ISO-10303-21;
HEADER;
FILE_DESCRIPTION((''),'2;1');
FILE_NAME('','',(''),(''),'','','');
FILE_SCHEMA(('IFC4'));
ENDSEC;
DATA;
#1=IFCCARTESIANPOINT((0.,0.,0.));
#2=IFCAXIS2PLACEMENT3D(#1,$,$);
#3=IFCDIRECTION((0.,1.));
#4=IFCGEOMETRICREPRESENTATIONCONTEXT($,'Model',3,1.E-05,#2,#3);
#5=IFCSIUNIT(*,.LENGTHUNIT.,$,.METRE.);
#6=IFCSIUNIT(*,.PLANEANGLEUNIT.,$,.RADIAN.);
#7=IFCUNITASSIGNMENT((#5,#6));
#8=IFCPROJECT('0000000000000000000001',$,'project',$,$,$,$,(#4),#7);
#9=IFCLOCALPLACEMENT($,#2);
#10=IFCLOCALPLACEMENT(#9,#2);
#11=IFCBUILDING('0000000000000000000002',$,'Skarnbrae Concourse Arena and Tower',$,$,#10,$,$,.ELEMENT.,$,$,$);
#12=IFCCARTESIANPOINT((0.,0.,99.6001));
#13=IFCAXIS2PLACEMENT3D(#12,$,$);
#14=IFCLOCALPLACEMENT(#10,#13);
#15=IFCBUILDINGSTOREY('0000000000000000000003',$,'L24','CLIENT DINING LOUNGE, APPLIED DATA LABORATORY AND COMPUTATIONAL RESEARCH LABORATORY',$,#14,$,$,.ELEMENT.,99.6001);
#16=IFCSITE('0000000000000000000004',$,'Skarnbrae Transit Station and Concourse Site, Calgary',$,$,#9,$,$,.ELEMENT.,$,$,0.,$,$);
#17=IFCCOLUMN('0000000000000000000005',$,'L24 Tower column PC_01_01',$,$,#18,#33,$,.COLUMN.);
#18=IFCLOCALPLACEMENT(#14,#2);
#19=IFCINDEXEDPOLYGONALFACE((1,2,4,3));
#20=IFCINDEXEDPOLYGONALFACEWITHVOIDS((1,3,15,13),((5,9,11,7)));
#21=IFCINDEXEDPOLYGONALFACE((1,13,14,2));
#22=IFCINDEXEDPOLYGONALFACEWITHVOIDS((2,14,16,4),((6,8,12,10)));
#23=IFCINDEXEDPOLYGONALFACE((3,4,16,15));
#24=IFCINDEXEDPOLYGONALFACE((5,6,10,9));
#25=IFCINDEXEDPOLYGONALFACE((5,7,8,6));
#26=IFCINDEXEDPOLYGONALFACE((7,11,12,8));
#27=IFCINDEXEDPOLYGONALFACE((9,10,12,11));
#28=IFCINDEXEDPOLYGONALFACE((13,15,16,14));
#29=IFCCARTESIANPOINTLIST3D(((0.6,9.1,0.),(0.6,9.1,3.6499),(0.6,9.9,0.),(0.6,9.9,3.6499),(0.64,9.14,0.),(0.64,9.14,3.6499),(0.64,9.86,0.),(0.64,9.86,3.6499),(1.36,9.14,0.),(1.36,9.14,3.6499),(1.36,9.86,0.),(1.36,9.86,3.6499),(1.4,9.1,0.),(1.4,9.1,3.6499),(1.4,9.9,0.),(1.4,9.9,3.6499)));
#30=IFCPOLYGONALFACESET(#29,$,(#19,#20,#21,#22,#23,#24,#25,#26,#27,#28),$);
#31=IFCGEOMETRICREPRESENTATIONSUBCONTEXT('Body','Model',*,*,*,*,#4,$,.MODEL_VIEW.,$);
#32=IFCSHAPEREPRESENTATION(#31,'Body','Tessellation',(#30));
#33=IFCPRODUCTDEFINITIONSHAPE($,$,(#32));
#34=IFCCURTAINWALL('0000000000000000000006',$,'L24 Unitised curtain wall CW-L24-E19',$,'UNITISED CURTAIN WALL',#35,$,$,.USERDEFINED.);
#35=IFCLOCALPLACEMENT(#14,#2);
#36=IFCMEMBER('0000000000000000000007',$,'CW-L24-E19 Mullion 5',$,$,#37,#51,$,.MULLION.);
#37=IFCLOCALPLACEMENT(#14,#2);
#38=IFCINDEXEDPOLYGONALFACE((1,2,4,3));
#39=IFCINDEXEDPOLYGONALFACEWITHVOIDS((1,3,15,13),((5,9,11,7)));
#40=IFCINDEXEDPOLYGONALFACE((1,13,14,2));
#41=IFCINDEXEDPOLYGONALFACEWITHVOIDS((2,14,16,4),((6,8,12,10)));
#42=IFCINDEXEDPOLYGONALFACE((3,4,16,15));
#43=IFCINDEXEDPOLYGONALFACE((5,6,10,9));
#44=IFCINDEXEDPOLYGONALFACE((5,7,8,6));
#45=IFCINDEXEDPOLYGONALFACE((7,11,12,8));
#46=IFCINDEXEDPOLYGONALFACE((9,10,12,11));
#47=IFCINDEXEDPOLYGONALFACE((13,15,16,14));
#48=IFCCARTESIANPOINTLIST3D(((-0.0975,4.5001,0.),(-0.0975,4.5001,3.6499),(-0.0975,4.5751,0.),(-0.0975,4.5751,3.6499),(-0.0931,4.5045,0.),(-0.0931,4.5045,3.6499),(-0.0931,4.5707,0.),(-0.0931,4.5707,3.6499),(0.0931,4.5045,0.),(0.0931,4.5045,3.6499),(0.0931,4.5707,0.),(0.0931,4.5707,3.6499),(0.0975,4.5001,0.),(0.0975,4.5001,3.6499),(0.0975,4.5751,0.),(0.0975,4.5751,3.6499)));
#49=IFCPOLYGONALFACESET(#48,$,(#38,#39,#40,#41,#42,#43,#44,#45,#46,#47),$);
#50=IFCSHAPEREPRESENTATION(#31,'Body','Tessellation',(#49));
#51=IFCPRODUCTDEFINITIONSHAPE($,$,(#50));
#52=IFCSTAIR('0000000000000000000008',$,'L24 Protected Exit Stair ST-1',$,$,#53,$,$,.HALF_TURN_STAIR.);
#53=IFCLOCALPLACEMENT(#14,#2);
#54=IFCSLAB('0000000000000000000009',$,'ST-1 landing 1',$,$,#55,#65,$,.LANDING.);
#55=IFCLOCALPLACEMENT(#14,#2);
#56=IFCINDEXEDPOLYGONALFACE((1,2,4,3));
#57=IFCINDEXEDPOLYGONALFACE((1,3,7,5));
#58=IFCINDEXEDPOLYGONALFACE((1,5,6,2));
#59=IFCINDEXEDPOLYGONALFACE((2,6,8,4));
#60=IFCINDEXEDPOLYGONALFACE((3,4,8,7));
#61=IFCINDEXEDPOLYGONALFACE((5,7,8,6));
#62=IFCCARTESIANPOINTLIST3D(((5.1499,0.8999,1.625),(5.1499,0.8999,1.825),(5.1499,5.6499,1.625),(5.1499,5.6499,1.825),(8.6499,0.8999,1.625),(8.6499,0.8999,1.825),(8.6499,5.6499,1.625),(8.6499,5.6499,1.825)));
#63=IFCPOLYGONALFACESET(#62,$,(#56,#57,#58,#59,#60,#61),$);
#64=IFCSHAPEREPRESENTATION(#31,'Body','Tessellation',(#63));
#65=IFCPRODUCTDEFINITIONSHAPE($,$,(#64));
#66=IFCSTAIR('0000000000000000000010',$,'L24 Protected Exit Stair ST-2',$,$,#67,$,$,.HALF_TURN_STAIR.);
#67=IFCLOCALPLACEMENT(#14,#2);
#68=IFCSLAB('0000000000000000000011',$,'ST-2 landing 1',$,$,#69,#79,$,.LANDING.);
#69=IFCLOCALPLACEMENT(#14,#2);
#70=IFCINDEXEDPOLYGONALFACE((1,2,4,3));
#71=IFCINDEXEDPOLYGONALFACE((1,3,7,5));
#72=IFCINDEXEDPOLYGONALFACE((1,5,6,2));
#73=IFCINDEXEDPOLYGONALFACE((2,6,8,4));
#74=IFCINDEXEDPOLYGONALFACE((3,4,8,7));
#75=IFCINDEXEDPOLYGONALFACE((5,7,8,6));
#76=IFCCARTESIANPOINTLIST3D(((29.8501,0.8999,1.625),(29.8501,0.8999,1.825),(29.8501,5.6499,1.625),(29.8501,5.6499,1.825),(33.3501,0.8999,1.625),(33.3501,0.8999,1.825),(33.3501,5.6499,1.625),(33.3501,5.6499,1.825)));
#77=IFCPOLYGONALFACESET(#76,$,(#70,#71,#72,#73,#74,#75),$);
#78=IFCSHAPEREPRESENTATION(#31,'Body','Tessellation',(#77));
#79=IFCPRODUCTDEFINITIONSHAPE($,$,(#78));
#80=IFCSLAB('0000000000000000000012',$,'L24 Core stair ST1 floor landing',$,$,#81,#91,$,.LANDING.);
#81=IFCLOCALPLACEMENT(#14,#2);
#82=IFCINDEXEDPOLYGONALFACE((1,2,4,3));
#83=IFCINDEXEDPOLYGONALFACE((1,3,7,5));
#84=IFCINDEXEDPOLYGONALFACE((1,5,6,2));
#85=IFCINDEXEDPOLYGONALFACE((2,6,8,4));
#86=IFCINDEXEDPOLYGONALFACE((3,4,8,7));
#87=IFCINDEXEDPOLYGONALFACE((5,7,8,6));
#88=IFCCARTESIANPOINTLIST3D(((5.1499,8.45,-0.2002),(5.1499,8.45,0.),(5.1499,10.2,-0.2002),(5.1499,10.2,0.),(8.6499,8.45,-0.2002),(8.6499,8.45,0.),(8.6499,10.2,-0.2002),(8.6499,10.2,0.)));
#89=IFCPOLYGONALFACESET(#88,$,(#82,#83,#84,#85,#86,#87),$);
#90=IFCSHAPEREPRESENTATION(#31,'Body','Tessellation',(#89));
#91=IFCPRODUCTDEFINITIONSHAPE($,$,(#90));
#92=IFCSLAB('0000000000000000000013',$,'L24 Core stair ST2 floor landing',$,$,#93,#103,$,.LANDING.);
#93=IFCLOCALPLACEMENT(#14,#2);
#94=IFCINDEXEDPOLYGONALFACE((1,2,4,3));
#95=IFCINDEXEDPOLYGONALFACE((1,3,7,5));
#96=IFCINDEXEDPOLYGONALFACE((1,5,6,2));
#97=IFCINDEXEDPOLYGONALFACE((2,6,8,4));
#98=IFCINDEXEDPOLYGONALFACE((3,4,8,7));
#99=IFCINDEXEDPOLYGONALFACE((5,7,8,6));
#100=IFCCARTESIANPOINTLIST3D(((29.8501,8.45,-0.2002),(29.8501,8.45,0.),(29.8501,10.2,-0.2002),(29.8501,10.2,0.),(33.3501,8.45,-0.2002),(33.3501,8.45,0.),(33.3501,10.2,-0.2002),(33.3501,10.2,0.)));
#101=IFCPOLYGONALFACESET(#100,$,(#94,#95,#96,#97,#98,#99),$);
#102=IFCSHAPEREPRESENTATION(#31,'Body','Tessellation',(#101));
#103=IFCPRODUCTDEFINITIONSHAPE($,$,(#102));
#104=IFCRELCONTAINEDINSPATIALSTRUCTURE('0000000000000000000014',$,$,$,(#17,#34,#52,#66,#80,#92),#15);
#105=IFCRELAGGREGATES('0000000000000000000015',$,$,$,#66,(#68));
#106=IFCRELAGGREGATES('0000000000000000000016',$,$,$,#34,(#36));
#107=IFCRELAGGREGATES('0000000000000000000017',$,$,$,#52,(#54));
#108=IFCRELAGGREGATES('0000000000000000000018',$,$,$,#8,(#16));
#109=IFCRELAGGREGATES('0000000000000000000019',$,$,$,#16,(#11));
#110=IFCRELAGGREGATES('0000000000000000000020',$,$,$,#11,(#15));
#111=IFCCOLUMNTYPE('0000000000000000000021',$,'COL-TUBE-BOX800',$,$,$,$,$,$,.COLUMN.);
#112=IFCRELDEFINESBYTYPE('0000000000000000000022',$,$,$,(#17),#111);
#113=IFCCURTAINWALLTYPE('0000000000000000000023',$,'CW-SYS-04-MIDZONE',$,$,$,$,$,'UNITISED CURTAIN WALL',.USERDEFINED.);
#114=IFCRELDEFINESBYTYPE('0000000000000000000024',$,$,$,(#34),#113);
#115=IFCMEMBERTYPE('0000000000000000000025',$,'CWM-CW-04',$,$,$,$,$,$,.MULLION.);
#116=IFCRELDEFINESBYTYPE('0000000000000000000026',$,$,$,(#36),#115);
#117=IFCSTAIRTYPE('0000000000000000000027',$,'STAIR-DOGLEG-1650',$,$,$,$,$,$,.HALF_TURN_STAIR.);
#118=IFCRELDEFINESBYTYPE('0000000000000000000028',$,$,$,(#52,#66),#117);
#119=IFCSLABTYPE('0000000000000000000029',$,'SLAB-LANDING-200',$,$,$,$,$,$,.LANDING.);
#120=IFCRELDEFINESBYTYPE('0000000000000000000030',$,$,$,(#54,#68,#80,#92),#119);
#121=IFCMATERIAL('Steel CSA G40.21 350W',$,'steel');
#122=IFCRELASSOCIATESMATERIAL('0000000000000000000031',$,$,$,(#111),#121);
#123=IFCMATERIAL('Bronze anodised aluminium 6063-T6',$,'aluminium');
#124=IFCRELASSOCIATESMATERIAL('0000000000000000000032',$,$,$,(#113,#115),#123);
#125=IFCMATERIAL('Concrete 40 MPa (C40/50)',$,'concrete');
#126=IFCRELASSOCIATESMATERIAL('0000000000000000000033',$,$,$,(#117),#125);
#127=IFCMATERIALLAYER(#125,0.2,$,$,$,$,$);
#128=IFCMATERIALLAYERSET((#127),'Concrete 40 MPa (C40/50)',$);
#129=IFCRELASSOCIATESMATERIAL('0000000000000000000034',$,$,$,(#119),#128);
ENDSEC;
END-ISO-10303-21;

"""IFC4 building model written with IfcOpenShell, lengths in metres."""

from ifc_helpers import new_model, si_unit, direction, frame, origin, origin_2d, place, context, subcontext, project, spatial, polyline, hollow_rectangle, outline, extrude, source, transform, mapped, material, layer, layer_set, material_profile, profile_set, type_object, element, aggregate, save


model = new_model("IFC4")

# Units and contexts
model_context = context("Model", 3, precision=1e-05, world=origin(), true_north=direction((0.0, 1.0)))
body_context = subcontext(model_context, "Body", "Model", "MODEL_VIEW")
ifc_project = project(units=[si_unit("LENGTHUNIT", "METRE"), si_unit("PLANEANGLEUNIT", "RADIAN")], contexts=[model_context])

# Site, building, storey
site_placement = place(None, origin())
site = spatial("IfcSite", under=ifc_project, at=site_placement, Name="Skarnbrae Transit Station and Concourse Site, Calgary", CompositionType="ELEMENT", RefElevation=0.0)
building_placement = place(site_placement, origin())
building = spatial("IfcBuilding", under=site, at=building_placement, Name="Skarnbrae Concourse Arena and Tower", CompositionType="ELEMENT")
storey_placement = place(building_placement, frame((0.0, 0.0, 99.6001)))
storey = spatial("IfcBuildingStorey", under=building, at=storey_placement, Name="L24", Description="CLIENT DINING LOUNGE, APPLIED DATA LABORATORY AND COMPUTATIONAL RESEARCH LABORATORY", CompositionType="ELEMENT", Elevation=99.6001)

# Column
ifc_material_1 = material(Name="Steel CSA G40.21 350W", Category="steel")
ifc_material_profile_1 = material_profile(ifc_material_1, hollow_rectangle(XDim=0.8, YDim=0.8, WallThickness=0.04, at=origin_2d()), Name="BOX800X800X40")
ifc_profile_set_1 = profile_set([ifc_material_profile_1], Name="Steel CSA G40.21 350W")
column_type = type_object("IfcColumnType", Name="COL-TUBE-BOX800", PredefinedType="COLUMN", material=ifc_profile_set_1)
shared_shape_1 = source(origin(), body_context, "Body", "SweptSolid", [
    extrude(hollow_rectangle(XDim=0.8, YDim=0.8, WallThickness=0.04, at=origin_2d()), origin(), (0.0, 0.0, 1.0), 3.6499),
])
column_placement = place(storey_placement, frame((1.0, 9.5, 0.0), z_axis=(0.0, 0.0, 1.0), x_axis=(1.0, 0.0, 0.0)))
element("IfcColumn", 1, at=column_placement, inside=storey, type_object=column_type, Name="L24 Tower column PC_01_01", PredefinedType="COLUMN", context=body_context, shape_type="MappedRepresentation", body=[
    mapped(shared_shape_1, transform((0.0, 0.0, 0.0))),
])

# Curtain wall, member
ifc_material_2 = material(Name="Bronze anodised aluminium 6063-T6", Category="aluminium")
curtain_wall_type = type_object("IfcCurtainWallType", Name="CW-SYS-04-MIDZONE", ElementType="UNITISED CURTAIN WALL", PredefinedType="USERDEFINED", material=ifc_material_2)
curtain_wall_placement = place(storey_placement, origin())
curtain_wall = element("IfcCurtainWall", 2, at=curtain_wall_placement, inside=storey, type_object=curtain_wall_type, Name="L24 Unitised curtain wall CW-L24-E19", ObjectType="UNITISED CURTAIN WALL", PredefinedType="USERDEFINED")
ifc_material_profile_2 = material_profile(ifc_material_2, hollow_rectangle(XDim=0.075, YDim=0.1951, WallThickness=0.0044, at=origin_2d()), Name="ALU-MULL-75X195")
ifc_profile_set_2 = profile_set([ifc_material_profile_2], Name="Bronze anodised aluminium 6063-T6")
member_type = type_object("IfcMemberType", Name="CWM-CW-04", PredefinedType="MULLION", material=ifc_profile_set_2)
shared_shape_2 = source(origin(), body_context, "Body", "SweptSolid", [
    extrude(hollow_rectangle(XDim=0.075, YDim=0.1951, WallThickness=0.0044, at=origin_2d()), origin(), (0.0, 0.0, 1.0), 3.6499),
])
member_placement = place(storey_placement, frame((0.0, 4.5376, 0.0), z_axis=(0.0, 0.0, 1.0), x_axis=(0.0, -1.0, 0.0)))
member = element("IfcMember", 3, at=member_placement, type_object=member_type, Name="CW-L24-E19 Mullion 5", PredefinedType="MULLION", context=body_context, shape_type="MappedRepresentation", body=[
    mapped(shared_shape_2, transform((0.0, 0.0, 0.0))),
])

# Stairs, slabs
ifc_material_3 = material(Name="Concrete 40 MPa (C40/50)", Category="concrete")
stair_type = type_object("IfcStairType", Name="STAIR-DOGLEG-1650", PredefinedType="HALF_TURN_STAIR", material=ifc_material_3)
stair_1_placement = place(storey_placement, origin())
stair_1 = element("IfcStair", 4, at=stair_1_placement, inside=storey, type_object=stair_type, Name="L24 Protected Exit Stair ST-1", PredefinedType="HALF_TURN_STAIR")
ifc_layer_1 = layer(ifc_material_3, 0.2)
ifc_layer_set_1 = layer_set([ifc_layer_1], Name="Concrete 40 MPa (C40/50)")
slab_type_1 = type_object("IfcSlabType", Name="SLAB-LANDING-200", PredefinedType="LANDING", material=ifc_layer_set_1)
slab_1_placement = place(storey_placement, frame((0.0, 0.0, 1.625)))
slab_1 = element("IfcSlab", 5, at=slab_1_placement, type_object=slab_type_1, Name="ST-1 landing 1", PredefinedType="LANDING", context=body_context, shape_type="SweptSolid", body=[
    extrude(outline(polyline([(5.1499, 5.6499), (5.1499, 0.8999), (8.6499, 0.8999), (8.6499, 5.6499), (5.1499, 5.6499)])), origin(), (0.0, 0.0, 1.0), 0.2),
])
stair_2_placement = place(storey_placement, origin())
stair_2 = element("IfcStair", 6, at=stair_2_placement, inside=storey, type_object=stair_type, Name="L24 Protected Exit Stair ST-2", PredefinedType="HALF_TURN_STAIR")
slab_2_placement = place(storey_placement, frame((0.0, 0.0, 1.625)))
slab_2 = element("IfcSlab", 7, at=slab_2_placement, type_object=slab_type_1, Name="ST-2 landing 1", PredefinedType="LANDING", context=body_context, shape_type="SweptSolid", body=[
    extrude(outline(polyline([(29.8501, 5.6499), (29.8501, 0.8999), (33.3501, 0.8999), (33.3501, 5.6499), (29.8501, 5.6499)])), origin(), (0.0, 0.0, 1.0), 0.2),
])
aggregate(stair_2, [slab_2])

# Slabs
slab_3_placement = place(storey_placement, frame((0.0, 0.0, -0.2002)))
element("IfcSlab", 8, at=slab_3_placement, inside=storey, type_object=slab_type_1, Name="L24 Core stair ST1 floor landing", PredefinedType="LANDING", context=body_context, shape_type="SweptSolid", body=[
    extrude(outline(polyline([(5.1499, 10.2), (5.1499, 8.45), (8.6499, 8.45), (8.6499, 10.2), (5.1499, 10.2)])), origin(), (0.0, 0.0, 1.0), 0.2002),
])
slab_4_placement = place(storey_placement, frame((0.0, 0.0, -0.2002)))
element("IfcSlab", 9, at=slab_4_placement, inside=storey, type_object=slab_type_1, Name="L24 Core stair ST2 floor landing", PredefinedType="LANDING", context=body_context, shape_type="SweptSolid", body=[
    extrude(outline(polyline([(29.8501, 10.2), (29.8501, 8.45), (33.3501, 8.45), (33.3501, 10.2), (29.8501, 10.2)])), origin(), (0.0, 0.0, 1.0), 0.2002),
])

aggregate(curtain_wall, [member])

aggregate(stair_1, [slab_1])

save(model, "model.ifc")
